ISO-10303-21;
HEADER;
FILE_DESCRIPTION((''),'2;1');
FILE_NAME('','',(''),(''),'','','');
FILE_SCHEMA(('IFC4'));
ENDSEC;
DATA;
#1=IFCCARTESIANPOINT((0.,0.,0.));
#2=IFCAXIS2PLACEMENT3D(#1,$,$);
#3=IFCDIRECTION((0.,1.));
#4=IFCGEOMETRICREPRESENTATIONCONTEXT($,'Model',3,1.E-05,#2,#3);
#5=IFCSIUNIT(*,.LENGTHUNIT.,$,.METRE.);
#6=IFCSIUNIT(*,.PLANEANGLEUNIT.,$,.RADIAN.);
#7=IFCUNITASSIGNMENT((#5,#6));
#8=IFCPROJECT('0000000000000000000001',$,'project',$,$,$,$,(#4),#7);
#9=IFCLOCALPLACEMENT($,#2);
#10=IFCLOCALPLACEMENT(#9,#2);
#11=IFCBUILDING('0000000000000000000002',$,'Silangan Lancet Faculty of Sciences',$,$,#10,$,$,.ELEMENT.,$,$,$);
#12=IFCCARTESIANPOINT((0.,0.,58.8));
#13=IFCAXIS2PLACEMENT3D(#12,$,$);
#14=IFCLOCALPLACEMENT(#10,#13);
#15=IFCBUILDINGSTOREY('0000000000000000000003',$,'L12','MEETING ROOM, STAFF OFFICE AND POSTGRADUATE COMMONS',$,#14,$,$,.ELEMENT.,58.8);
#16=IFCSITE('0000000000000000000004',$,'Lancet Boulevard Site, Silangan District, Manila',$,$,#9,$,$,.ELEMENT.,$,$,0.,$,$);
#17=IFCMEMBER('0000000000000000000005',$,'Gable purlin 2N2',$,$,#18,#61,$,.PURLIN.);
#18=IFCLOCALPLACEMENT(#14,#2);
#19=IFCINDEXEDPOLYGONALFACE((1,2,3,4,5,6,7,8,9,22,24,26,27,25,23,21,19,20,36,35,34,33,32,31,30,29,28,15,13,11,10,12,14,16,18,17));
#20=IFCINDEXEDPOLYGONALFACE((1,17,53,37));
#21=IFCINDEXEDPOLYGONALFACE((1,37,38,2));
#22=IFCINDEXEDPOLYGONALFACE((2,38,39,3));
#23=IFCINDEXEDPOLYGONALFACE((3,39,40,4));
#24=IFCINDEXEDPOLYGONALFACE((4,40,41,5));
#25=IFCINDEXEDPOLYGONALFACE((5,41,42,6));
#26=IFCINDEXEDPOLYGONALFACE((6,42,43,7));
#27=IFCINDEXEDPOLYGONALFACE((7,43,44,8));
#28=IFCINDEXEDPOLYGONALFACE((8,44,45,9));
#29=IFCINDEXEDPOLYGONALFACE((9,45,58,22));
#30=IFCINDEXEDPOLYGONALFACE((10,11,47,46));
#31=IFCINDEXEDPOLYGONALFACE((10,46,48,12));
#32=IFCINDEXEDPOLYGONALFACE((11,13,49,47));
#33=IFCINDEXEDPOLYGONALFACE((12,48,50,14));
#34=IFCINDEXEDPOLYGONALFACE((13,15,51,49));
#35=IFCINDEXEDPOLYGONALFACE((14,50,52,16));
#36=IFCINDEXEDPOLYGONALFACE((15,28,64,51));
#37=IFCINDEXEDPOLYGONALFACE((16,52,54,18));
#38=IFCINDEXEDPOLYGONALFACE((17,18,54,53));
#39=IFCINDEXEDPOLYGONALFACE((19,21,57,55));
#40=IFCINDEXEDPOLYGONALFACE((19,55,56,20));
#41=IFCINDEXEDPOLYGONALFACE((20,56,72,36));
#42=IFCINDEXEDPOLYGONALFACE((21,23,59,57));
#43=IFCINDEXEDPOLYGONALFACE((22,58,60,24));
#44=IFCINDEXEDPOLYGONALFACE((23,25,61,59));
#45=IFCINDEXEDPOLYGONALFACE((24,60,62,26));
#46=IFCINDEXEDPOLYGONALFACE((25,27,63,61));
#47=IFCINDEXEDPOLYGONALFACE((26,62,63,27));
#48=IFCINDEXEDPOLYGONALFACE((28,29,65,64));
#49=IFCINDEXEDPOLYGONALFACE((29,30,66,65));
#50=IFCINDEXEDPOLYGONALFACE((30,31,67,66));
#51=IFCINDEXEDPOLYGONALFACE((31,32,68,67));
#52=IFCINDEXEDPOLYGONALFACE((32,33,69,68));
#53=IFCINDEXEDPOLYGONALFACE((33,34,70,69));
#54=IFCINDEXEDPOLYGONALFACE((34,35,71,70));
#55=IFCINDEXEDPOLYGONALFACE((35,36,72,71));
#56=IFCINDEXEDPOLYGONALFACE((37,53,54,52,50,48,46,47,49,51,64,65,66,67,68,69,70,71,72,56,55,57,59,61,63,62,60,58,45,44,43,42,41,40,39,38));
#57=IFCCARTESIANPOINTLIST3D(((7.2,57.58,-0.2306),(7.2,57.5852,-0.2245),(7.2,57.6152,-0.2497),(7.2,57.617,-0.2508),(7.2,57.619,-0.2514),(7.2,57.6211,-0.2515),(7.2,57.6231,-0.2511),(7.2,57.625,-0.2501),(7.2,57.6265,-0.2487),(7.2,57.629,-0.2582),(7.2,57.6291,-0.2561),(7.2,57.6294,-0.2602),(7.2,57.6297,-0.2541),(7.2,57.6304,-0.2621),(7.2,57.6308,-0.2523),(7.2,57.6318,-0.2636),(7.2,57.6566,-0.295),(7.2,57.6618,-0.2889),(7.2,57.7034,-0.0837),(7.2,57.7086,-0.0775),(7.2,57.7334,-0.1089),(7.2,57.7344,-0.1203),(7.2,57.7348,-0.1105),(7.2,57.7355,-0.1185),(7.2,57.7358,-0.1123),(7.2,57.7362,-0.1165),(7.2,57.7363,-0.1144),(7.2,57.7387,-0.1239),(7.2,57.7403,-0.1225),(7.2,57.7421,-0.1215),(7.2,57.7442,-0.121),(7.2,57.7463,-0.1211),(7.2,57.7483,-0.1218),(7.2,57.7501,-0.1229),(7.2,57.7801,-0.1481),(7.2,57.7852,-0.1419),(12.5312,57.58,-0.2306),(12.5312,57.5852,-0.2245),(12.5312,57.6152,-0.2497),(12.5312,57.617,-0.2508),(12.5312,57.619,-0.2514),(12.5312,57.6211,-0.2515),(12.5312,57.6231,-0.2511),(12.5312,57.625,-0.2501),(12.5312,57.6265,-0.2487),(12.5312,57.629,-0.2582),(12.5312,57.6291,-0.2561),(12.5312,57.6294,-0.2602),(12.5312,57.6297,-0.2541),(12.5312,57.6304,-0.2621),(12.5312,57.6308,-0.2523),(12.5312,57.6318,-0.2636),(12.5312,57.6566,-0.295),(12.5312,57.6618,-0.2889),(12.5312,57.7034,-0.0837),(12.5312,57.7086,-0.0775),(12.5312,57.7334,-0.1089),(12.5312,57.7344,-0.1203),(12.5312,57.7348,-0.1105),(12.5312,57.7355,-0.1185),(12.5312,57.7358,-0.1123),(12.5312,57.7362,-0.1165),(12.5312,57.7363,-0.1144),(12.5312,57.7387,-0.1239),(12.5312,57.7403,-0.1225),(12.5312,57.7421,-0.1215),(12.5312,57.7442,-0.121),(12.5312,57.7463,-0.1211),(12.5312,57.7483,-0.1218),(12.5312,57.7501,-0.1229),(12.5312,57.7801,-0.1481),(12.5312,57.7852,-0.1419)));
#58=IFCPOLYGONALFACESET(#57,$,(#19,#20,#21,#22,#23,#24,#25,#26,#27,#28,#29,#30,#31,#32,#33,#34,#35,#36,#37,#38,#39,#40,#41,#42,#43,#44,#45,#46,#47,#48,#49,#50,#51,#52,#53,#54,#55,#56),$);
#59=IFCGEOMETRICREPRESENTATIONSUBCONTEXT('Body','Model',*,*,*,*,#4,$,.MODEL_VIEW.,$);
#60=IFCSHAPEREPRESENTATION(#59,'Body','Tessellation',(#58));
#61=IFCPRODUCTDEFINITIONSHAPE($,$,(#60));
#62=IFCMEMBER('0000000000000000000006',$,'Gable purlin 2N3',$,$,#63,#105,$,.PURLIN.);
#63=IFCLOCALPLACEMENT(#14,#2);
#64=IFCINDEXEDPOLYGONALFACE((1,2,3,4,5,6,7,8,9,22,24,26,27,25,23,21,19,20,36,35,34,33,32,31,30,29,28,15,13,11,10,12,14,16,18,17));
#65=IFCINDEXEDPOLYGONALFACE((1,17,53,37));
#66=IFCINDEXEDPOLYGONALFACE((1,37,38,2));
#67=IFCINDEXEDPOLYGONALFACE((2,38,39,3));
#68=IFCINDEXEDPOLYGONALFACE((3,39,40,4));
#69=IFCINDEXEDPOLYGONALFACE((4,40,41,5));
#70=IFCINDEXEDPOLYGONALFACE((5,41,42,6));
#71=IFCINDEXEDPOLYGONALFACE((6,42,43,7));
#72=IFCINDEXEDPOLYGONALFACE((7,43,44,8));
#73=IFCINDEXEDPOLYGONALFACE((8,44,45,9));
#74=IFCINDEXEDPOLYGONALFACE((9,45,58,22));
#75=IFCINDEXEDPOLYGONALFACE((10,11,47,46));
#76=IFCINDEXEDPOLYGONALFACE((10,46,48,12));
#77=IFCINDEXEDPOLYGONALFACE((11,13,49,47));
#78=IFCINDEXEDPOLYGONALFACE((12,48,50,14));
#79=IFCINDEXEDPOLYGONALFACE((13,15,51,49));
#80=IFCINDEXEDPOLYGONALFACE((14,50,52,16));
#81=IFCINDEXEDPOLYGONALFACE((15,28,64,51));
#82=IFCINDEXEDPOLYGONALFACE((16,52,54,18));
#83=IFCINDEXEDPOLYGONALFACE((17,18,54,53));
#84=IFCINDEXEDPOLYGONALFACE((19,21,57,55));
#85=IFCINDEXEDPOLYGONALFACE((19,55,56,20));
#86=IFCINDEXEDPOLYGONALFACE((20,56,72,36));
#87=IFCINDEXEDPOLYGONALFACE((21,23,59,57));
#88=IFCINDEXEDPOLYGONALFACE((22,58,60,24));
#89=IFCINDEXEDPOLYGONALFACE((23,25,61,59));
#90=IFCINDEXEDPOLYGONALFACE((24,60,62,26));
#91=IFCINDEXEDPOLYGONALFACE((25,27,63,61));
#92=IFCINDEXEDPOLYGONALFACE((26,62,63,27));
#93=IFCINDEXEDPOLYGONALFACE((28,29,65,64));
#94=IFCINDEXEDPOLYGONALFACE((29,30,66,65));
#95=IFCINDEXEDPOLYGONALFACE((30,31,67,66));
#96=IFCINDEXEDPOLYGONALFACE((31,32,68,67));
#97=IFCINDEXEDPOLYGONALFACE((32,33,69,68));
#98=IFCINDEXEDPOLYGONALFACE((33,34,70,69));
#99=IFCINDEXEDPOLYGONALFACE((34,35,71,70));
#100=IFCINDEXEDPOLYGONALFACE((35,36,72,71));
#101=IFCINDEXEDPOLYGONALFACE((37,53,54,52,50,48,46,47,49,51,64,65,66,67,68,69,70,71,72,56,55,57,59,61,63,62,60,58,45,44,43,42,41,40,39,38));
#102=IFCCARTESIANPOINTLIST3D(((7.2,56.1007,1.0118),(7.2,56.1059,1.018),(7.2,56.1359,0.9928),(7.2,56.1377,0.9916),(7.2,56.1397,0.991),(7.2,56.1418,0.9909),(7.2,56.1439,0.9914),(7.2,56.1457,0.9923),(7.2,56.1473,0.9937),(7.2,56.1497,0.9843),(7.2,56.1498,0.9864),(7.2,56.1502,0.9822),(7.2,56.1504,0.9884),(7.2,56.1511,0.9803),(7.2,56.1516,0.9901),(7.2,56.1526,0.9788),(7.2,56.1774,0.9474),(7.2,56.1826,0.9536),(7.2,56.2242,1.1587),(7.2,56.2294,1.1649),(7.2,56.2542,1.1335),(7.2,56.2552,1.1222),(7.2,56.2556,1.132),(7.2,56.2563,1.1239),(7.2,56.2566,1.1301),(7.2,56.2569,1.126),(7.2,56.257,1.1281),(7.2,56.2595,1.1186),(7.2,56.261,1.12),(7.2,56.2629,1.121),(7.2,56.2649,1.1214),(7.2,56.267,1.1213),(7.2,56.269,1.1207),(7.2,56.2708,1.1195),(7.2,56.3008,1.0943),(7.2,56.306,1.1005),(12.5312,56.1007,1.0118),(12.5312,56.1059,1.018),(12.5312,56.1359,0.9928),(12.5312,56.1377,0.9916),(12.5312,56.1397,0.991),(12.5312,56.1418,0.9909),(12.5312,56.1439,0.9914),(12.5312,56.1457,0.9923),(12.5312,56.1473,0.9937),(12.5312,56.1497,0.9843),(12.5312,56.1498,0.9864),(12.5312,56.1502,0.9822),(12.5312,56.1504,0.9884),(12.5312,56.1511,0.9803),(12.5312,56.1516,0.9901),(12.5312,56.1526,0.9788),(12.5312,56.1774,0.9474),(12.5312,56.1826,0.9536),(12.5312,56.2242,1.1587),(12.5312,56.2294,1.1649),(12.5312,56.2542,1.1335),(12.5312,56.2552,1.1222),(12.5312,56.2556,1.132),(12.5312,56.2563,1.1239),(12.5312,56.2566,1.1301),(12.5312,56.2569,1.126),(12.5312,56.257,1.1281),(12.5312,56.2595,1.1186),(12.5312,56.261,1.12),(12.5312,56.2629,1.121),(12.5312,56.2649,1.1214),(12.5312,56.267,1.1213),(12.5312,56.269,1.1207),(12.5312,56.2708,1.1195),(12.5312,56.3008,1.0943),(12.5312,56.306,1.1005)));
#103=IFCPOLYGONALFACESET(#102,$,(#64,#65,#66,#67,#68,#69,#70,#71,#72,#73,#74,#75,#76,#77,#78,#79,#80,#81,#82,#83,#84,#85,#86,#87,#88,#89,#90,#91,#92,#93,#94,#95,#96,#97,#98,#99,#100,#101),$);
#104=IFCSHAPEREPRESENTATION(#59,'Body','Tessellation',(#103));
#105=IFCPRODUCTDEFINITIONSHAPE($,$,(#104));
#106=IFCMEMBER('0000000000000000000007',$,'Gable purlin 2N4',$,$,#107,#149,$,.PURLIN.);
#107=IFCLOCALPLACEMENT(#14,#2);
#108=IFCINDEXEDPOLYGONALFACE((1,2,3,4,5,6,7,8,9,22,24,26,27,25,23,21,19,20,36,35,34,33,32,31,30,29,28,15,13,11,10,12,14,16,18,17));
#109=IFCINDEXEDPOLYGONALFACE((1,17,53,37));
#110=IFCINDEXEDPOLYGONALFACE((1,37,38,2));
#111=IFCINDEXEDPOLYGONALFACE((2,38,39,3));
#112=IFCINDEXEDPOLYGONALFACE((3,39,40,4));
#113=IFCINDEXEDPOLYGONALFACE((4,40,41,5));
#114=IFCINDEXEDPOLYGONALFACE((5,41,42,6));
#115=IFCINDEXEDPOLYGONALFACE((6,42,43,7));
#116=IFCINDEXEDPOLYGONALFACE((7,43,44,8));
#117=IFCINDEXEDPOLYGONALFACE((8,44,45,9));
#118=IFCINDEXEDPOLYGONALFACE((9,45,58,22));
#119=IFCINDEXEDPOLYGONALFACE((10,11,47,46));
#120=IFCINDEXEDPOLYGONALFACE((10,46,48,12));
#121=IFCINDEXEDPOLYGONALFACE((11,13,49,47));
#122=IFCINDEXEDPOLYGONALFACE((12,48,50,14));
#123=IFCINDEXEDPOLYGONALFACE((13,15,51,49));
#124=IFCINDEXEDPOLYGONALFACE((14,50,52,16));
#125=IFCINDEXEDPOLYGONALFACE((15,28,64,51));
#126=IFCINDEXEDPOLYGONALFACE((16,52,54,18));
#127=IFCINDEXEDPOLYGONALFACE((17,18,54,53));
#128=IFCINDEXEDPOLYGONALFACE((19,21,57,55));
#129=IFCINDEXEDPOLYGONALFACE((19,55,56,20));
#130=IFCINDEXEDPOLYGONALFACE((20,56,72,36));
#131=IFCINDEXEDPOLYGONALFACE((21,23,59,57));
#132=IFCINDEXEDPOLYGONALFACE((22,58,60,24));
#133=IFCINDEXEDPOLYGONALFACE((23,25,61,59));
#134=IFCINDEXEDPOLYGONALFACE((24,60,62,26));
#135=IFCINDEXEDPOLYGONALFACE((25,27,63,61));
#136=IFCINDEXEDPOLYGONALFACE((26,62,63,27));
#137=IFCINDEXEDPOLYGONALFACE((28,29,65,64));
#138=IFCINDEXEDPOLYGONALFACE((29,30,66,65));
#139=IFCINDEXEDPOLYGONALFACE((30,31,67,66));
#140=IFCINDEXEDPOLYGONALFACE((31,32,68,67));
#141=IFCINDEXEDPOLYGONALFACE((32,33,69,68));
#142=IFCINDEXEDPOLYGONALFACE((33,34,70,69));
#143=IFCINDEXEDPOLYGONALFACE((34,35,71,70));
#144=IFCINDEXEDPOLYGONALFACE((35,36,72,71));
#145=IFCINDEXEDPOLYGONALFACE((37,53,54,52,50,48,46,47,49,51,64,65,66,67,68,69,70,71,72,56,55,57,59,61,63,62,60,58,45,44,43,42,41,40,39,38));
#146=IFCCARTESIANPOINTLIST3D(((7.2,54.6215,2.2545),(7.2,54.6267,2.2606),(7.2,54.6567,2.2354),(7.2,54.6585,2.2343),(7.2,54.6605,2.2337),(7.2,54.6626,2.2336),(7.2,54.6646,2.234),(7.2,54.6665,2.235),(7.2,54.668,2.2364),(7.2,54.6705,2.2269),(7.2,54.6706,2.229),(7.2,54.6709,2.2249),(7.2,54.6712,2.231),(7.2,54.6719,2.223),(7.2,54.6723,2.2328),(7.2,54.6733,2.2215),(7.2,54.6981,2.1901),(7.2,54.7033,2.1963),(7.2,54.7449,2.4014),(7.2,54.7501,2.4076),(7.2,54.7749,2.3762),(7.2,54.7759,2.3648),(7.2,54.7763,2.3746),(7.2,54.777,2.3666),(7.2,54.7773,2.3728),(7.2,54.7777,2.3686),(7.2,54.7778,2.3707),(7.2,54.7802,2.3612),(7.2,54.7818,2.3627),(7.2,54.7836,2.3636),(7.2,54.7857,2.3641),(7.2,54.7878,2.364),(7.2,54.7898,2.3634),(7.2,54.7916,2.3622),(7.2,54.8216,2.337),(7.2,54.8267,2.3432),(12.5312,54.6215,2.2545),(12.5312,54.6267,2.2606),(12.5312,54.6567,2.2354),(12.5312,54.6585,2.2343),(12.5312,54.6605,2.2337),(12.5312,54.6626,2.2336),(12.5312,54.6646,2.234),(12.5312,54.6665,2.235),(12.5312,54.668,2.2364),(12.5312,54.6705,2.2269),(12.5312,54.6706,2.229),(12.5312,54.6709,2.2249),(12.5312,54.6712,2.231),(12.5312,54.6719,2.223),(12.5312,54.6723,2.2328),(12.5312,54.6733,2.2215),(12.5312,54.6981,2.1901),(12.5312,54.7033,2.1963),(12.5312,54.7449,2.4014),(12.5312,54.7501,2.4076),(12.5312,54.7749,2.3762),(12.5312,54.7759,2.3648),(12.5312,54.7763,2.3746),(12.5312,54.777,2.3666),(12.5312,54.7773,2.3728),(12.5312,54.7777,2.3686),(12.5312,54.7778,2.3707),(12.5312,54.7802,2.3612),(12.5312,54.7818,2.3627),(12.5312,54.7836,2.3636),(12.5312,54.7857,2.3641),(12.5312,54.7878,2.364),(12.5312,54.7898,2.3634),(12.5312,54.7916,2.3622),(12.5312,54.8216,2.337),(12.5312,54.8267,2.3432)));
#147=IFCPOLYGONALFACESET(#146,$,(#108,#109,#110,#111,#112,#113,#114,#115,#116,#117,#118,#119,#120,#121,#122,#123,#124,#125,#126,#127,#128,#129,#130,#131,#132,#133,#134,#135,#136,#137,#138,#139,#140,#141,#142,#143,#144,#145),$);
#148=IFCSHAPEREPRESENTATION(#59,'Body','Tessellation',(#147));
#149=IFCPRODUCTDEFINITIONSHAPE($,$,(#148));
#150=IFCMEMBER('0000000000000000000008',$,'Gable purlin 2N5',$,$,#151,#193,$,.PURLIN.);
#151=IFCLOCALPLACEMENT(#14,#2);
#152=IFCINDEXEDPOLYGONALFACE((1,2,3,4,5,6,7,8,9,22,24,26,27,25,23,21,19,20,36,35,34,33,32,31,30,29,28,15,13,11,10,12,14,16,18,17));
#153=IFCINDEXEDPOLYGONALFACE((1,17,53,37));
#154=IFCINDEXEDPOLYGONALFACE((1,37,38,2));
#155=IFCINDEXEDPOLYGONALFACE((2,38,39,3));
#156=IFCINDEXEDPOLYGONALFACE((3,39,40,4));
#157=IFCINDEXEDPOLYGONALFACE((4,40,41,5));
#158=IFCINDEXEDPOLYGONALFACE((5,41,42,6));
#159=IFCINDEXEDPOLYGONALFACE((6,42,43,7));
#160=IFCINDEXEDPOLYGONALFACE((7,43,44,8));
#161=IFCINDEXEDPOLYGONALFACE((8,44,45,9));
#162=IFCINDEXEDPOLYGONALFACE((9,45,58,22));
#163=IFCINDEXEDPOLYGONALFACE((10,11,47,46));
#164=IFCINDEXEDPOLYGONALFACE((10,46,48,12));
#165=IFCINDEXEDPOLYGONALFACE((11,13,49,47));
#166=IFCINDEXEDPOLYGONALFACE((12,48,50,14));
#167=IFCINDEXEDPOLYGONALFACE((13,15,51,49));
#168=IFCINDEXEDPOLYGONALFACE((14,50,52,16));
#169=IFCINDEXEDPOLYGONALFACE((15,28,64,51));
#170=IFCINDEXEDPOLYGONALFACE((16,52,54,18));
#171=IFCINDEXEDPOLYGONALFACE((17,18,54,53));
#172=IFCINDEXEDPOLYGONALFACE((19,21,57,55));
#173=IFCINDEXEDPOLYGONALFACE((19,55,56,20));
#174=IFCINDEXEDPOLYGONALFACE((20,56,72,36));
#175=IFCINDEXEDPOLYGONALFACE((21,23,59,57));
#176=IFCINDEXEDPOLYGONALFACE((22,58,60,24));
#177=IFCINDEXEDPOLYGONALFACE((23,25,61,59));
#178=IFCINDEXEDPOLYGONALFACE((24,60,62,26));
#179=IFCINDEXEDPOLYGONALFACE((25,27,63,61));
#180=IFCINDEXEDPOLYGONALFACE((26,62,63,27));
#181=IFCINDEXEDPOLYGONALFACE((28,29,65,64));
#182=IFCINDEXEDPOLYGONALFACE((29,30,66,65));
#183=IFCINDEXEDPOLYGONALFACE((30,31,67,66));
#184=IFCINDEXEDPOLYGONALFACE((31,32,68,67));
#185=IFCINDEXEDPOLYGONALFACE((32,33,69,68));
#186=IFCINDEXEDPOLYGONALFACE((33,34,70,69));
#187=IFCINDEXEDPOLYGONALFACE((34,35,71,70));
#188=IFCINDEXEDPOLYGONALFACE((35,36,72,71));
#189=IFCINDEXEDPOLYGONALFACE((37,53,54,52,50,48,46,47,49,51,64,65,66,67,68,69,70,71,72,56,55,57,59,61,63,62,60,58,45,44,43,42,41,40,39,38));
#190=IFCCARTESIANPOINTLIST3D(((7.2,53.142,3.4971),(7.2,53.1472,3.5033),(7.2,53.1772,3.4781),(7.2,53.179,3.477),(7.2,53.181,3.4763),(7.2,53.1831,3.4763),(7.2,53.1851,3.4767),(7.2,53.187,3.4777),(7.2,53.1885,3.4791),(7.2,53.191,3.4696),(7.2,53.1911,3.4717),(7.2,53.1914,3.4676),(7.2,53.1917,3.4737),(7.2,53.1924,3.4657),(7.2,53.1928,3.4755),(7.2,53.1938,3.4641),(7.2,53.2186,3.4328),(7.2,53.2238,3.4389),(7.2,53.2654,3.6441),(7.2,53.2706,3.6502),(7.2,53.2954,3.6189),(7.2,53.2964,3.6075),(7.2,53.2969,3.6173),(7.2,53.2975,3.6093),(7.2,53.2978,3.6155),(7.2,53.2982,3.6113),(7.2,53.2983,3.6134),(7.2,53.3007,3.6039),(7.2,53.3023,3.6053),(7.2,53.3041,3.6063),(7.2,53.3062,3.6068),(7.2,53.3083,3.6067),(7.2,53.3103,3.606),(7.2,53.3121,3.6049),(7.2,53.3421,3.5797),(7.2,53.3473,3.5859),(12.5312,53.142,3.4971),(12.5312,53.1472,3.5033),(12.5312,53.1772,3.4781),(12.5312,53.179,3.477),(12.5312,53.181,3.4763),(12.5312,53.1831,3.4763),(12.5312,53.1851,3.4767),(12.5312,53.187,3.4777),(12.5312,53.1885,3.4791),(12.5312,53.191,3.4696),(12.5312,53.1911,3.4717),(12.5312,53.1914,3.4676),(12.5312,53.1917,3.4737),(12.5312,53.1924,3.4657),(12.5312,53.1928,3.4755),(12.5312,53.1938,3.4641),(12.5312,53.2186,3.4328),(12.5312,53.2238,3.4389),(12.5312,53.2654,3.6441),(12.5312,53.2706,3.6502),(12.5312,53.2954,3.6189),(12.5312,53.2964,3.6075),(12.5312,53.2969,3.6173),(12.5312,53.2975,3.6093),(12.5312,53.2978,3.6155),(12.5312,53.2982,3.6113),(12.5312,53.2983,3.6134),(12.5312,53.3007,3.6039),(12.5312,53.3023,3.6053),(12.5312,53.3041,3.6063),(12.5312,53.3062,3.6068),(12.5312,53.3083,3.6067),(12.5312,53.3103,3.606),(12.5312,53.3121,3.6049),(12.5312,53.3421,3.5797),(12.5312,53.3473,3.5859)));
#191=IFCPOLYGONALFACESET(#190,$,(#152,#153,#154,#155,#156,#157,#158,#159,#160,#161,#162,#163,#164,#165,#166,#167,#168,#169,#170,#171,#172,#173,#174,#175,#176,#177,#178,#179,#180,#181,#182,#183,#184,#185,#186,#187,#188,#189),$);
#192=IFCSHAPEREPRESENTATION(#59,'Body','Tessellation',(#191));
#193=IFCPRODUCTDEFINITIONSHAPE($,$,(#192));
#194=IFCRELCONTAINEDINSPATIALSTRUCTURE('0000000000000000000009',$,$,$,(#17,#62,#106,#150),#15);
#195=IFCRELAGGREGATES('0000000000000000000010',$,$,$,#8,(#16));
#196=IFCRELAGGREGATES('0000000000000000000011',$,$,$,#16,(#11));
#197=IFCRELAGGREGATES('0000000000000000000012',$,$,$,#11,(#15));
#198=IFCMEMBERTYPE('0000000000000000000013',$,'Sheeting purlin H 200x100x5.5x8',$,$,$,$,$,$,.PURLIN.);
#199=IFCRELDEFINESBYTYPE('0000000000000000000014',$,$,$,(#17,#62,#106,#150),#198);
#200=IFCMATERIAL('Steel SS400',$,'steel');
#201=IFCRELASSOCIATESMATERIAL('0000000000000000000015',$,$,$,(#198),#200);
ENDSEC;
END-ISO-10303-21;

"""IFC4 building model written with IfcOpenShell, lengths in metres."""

from ifc_helpers import new_model, si_unit, direction, frame, origin, origin_2d, place, context, subcontext, project, spatial, i_section, extrude, material, material_profile, profile_set, type_object, element, save


model = new_model("IFC4")

# Units and contexts
model_context = context("Model", 3, precision=1e-05, world=origin(), true_north=direction((0.0, 1.0)))
body_context = subcontext(model_context, "Body", "Model", "MODEL_VIEW")
ifc_project = project(units=[si_unit("LENGTHUNIT", "METRE"), si_unit("PLANEANGLEUNIT", "RADIAN")], contexts=[model_context])

# Site, building, storey
site_placement = place(None, origin())
site = spatial("IfcSite", under=ifc_project, at=site_placement, Name="Lancet Boulevard Site, Silangan District, Manila", CompositionType="ELEMENT", RefElevation=0.0)
building_placement = place(site_placement, origin())
building = spatial("IfcBuilding", under=site, at=building_placement, Name="Silangan Lancet Faculty of Sciences", CompositionType="ELEMENT")
storey_placement = place(building_placement, frame((0.0, 0.0, 58.8)))
storey = spatial("IfcBuildingStorey", under=building, at=storey_placement, Name="L12", Description="MEETING ROOM, STAFF OFFICE AND POSTGRADUATE COMMONS", CompositionType="ELEMENT", Elevation=58.8)

# Members
ifc_material_1 = material(Name="Steel SS400", Category="steel")
ifc_material_profile_1 = material_profile(ifc_material_1, i_section(OverallWidth=0.1001, OverallDepth=0.2, WebThickness=0.0056, FlangeThickness=0.0081, FilletRadius=0.0081, at=origin_2d()), Name="H 200x100x5.5x8")
ifc_profile_set_1 = profile_set([ifc_material_profile_1], Name="Steel SS400")
member_type_1 = type_object("IfcMemberType", Name="Sheeting purlin H 200x100x5.5x8", PredefinedType="PURLIN", material=ifc_profile_set_1)
for number, where, z_axis, x_axis, name in (
    (1, (7.2, 57.6826, -0.1863), (1.0, 0.0, 0.0), (0.0, 0.765705, -0.643192), "Gable purlin 2N2"),
    (2, (7.2, 56.2034, 1.0562), (1.0, 0.0, 0.0), (0.0, 0.765705, -0.643192), "Gable purlin 2N3"),
    (3, (7.2, 54.7241, 2.2988), (1.0, 0.0, 0.0), (0.0, 0.765705, -0.643192), "Gable purlin 2N4"),
    (4, (7.2, 53.2446, 3.5415), (1.0, 0.0, 0.0), (0.0, 0.765705, -0.643192), "Gable purlin 2N5"),
):
    element("IfcMember", number, at=place(storey_placement, frame(where, z_axis=z_axis, x_axis=x_axis)), inside=storey, type_object=member_type_1, Name=name, PredefinedType="PURLIN", context=body_context, shape_type="SweptSolid", body=[
        extrude(i_section(OverallWidth=0.1001, OverallDepth=0.2, WebThickness=0.0056, FlangeThickness=0.0081, FilletRadius=0.0081, at=origin_2d()), origin(), (0.0, 0.0, 1.0), 5.3313),
    ])

save(model, "model.ifc")
